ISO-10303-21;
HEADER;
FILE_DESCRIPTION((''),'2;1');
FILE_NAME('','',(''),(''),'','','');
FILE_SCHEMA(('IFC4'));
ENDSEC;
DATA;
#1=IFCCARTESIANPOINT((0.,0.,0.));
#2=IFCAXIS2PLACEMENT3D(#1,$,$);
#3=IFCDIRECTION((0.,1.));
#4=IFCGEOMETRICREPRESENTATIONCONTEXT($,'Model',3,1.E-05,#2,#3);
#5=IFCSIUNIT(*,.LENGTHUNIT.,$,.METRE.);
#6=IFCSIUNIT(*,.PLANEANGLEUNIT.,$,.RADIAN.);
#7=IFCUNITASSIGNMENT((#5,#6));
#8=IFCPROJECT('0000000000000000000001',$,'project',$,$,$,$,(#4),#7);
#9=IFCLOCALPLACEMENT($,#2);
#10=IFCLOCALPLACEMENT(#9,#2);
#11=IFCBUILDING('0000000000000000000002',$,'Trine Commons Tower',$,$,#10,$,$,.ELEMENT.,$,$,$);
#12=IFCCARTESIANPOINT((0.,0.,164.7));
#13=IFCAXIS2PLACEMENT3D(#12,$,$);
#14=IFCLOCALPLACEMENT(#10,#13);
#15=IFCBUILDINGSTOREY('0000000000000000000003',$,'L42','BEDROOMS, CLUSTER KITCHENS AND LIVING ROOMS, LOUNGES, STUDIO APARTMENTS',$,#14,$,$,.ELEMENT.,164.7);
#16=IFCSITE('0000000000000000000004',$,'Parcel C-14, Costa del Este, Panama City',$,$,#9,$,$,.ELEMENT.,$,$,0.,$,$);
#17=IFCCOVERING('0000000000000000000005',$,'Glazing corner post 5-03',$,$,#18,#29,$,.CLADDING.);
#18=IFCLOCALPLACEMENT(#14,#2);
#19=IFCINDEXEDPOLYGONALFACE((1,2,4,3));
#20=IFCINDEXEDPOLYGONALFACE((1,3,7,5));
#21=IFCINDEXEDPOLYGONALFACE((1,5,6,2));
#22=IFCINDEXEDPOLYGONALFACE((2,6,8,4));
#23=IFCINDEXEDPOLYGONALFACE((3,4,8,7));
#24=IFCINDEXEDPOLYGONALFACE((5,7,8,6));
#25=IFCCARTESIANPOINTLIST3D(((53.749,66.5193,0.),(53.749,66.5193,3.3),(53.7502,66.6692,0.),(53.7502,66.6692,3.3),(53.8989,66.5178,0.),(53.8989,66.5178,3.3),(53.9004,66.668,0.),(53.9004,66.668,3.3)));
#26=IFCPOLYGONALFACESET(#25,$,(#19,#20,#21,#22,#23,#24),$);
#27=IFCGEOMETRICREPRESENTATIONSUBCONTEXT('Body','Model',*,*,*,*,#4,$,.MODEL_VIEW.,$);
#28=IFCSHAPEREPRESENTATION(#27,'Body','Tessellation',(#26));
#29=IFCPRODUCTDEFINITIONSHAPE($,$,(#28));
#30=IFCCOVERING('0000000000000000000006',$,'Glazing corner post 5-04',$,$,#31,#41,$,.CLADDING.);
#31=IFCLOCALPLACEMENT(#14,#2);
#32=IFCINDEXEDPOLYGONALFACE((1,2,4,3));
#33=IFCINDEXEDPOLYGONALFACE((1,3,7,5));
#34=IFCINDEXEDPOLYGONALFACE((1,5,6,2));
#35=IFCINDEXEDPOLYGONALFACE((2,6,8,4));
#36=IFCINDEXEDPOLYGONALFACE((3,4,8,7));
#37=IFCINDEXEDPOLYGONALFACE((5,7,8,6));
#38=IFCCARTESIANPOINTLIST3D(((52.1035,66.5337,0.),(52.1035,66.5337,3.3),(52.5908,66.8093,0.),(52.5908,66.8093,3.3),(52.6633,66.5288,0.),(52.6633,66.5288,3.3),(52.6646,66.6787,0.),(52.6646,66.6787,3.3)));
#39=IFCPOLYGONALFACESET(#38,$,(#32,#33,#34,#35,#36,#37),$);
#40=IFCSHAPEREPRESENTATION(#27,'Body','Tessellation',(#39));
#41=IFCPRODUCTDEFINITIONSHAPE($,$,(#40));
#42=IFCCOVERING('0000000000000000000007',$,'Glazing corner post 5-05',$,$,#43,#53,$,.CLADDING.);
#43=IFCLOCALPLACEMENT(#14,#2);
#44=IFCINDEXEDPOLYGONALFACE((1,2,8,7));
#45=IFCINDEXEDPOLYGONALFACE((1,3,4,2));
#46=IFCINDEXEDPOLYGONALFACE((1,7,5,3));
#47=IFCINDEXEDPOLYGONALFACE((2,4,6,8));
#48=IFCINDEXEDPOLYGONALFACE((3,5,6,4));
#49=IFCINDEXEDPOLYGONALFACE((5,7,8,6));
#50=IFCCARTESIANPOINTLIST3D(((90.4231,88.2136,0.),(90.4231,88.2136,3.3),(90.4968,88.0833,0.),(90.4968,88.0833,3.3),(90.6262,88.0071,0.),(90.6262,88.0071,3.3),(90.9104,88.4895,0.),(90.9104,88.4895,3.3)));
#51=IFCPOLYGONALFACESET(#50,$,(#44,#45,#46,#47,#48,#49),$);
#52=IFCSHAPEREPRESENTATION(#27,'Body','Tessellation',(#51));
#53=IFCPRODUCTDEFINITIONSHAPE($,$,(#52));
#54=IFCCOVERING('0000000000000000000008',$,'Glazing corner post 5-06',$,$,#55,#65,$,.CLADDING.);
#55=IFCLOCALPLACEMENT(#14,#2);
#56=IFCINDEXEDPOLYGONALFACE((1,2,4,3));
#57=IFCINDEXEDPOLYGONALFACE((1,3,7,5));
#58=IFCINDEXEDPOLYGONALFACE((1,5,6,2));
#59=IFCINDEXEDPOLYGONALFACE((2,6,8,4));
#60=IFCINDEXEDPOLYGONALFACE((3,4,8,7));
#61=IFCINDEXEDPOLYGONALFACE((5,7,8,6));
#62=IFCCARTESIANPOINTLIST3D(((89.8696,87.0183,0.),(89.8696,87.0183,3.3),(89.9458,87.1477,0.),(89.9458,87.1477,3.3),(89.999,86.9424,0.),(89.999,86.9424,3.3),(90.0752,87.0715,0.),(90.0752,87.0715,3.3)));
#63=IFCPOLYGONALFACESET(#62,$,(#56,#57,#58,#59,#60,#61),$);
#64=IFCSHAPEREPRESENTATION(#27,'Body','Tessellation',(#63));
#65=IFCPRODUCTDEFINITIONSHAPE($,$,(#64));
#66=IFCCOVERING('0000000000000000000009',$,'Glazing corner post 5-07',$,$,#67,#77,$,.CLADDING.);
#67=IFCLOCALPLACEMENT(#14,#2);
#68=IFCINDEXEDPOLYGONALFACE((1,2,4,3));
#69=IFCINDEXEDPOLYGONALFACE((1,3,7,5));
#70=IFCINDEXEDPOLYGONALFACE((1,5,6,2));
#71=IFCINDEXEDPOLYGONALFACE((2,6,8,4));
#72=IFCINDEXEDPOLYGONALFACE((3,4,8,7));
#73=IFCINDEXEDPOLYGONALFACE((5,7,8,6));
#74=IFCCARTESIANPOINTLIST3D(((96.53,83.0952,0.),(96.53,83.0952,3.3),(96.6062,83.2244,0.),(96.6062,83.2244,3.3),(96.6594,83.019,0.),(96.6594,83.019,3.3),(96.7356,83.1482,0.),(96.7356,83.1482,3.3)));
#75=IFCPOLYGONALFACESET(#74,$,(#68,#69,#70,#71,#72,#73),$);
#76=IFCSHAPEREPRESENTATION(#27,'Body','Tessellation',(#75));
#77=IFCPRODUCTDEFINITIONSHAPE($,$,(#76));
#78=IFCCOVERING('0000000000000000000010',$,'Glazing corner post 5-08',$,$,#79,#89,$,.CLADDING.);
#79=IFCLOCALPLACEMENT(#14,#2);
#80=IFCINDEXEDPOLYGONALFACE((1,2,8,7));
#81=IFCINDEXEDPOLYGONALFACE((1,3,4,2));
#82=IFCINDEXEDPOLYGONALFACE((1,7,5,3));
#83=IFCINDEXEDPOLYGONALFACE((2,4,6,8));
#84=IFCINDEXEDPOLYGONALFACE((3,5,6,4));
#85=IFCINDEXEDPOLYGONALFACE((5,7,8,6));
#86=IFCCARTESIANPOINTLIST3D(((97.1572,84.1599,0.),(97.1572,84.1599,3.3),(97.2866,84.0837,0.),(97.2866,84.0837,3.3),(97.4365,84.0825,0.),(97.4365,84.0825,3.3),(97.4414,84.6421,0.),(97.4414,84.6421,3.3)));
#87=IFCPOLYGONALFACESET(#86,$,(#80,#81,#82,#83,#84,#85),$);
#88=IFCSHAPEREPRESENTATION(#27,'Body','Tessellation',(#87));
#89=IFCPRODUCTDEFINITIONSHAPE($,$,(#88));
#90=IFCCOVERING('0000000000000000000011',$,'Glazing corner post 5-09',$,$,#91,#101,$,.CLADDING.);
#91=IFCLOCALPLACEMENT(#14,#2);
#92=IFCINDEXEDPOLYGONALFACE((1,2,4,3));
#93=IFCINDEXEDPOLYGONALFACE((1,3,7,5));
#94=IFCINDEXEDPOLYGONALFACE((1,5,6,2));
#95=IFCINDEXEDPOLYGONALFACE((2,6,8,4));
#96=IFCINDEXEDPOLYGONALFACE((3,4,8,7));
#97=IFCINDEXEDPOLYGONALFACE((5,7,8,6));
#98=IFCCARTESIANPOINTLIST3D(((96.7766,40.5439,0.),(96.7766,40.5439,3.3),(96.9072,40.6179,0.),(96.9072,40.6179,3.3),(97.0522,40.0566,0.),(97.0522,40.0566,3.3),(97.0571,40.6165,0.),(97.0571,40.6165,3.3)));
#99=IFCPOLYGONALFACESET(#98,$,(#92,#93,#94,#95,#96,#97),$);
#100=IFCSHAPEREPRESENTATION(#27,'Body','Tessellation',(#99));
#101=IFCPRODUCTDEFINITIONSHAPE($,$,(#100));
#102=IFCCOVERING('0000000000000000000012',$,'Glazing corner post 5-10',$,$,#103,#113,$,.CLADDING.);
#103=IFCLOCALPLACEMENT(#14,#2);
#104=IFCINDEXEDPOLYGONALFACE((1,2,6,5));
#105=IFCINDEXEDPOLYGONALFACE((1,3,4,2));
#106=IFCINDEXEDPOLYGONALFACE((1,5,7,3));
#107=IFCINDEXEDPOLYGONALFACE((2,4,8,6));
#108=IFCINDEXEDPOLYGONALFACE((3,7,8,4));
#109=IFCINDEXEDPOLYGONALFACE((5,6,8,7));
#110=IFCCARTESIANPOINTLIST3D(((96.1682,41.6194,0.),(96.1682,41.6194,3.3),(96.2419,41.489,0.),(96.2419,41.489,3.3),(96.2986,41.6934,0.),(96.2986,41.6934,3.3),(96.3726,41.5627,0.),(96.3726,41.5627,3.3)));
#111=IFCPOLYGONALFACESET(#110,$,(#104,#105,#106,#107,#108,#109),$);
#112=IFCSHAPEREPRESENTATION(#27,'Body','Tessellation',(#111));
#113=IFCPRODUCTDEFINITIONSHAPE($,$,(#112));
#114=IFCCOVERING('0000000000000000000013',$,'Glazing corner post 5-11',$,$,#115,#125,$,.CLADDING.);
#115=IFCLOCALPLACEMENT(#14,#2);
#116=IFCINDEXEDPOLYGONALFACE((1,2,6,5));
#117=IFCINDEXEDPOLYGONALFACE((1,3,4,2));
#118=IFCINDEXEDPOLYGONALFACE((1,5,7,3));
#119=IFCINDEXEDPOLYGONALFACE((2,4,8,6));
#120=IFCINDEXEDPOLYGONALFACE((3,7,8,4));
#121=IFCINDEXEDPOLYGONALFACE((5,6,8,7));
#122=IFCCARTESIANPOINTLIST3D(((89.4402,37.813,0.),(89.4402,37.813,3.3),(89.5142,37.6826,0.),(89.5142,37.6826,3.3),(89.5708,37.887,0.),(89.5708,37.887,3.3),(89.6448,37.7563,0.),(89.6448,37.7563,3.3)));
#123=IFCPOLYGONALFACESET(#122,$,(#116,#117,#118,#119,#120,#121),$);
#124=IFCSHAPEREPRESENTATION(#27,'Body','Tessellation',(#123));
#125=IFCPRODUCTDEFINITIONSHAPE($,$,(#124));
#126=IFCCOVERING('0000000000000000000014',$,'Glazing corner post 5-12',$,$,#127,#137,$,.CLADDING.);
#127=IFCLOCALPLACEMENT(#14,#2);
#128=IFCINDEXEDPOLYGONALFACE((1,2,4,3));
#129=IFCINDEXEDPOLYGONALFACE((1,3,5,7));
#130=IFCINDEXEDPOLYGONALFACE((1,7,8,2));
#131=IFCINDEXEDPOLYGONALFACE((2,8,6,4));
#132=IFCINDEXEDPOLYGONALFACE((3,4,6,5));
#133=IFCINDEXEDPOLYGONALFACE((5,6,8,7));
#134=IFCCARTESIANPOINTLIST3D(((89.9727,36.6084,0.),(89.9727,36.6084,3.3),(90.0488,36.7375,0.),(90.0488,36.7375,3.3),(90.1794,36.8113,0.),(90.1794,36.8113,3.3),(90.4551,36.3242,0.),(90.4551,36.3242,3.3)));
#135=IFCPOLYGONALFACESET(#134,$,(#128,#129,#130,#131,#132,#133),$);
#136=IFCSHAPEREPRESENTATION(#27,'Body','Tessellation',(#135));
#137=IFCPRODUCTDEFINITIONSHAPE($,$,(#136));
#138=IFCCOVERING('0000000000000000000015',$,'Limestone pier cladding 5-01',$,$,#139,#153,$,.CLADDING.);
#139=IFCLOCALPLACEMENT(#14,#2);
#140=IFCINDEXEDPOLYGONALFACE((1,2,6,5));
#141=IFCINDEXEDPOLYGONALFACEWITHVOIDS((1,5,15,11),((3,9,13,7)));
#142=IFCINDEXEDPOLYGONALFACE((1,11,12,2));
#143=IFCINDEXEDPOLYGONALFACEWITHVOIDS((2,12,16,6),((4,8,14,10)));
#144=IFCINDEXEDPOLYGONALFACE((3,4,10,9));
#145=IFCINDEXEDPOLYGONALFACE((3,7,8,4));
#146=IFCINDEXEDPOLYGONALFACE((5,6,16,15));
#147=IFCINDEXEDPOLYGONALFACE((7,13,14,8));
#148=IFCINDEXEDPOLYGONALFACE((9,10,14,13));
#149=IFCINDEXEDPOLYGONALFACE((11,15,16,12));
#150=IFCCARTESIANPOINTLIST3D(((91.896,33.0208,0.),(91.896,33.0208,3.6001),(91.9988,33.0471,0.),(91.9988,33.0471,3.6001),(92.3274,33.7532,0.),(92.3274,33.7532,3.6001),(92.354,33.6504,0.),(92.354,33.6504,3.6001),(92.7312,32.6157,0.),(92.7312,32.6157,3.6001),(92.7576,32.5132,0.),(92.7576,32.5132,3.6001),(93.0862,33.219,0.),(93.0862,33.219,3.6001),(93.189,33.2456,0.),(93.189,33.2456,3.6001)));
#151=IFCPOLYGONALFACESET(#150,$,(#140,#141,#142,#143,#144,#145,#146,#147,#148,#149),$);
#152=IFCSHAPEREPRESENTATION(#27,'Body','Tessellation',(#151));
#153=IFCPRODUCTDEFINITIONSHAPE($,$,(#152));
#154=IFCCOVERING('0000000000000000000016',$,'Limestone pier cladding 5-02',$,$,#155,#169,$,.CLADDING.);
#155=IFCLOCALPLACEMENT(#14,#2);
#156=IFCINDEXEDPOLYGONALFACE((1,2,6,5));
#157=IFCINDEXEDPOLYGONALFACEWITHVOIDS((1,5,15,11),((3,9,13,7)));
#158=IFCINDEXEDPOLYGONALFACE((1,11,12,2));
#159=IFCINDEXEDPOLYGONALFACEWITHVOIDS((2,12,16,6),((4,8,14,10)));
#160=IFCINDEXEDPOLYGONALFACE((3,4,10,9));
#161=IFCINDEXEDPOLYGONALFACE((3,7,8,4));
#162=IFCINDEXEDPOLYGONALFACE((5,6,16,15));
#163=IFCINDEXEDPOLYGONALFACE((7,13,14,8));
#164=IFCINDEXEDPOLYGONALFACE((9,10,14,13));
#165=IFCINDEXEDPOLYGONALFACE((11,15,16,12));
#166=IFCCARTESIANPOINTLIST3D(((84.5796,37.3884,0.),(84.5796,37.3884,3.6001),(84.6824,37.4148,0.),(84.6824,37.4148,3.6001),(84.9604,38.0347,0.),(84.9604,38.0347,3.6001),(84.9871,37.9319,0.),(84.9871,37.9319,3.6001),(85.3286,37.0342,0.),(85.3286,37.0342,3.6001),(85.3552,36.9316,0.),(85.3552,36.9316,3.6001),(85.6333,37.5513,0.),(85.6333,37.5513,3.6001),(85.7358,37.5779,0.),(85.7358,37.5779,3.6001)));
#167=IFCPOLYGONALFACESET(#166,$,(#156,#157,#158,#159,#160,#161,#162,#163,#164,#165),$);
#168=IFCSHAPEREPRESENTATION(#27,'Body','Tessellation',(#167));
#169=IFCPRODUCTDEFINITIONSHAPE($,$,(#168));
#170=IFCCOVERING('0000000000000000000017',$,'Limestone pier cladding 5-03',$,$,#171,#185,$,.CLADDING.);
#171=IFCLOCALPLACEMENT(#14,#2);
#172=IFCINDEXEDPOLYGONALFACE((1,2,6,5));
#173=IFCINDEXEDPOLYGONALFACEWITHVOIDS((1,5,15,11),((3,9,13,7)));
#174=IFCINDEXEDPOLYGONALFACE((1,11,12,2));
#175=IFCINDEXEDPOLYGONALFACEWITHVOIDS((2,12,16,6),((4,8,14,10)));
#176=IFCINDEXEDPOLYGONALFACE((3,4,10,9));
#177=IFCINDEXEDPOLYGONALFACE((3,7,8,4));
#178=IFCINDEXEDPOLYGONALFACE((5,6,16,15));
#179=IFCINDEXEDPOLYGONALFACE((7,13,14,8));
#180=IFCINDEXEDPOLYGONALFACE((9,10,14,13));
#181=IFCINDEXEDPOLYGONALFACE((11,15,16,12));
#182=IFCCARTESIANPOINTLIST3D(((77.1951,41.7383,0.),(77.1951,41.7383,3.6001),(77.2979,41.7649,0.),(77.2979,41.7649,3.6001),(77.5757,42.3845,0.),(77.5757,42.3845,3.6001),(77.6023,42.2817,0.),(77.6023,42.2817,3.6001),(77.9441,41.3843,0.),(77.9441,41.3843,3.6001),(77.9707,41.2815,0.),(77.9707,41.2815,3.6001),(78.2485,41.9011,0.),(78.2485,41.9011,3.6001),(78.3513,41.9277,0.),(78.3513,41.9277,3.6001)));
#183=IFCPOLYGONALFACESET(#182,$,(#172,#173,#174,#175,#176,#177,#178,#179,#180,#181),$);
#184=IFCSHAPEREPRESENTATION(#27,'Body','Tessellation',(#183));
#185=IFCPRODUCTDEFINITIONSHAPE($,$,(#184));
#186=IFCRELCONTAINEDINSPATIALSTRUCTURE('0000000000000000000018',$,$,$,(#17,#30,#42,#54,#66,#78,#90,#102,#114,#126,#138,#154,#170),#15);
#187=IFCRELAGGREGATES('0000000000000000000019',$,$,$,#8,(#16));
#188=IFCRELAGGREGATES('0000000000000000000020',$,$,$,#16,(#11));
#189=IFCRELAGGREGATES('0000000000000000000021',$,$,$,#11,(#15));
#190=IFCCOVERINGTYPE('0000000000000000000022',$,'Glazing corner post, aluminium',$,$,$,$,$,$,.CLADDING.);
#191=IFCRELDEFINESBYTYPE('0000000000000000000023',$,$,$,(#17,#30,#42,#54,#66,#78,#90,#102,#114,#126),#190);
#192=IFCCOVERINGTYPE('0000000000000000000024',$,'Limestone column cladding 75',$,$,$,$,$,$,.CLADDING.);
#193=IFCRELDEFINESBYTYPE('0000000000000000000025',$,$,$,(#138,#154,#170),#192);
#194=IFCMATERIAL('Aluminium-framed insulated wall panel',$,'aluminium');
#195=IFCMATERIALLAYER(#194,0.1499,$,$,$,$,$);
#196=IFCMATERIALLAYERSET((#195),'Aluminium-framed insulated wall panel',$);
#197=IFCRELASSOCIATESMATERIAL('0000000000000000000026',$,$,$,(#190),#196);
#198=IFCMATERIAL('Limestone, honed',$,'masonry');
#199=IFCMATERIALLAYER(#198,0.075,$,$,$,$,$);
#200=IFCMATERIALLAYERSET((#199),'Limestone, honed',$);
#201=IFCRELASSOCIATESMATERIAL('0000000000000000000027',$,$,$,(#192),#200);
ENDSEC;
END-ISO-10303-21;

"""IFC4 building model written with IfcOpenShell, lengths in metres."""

from ifc_helpers import new_model, si_unit, direction, frame, origin, place, context, subcontext, project, spatial, polyline, outline, extrude, material, layer, layer_set, type_object, element, save


model = new_model("IFC4")

# Units and contexts
model_context = context("Model", 3, precision=1e-05, world=origin(), true_north=direction((0.0, 1.0)))
body_context = subcontext(model_context, "Body", "Model", "MODEL_VIEW")
ifc_project = project(units=[si_unit("LENGTHUNIT", "METRE"), si_unit("PLANEANGLEUNIT", "RADIAN")], contexts=[model_context])

# Site, building, storey
site_placement = place(None, origin())
site = spatial("IfcSite", under=ifc_project, at=site_placement, Name="Parcel C-14, Costa del Este, Panama City", CompositionType="ELEMENT", RefElevation=0.0)
building_placement = place(site_placement, origin())
building = spatial("IfcBuilding", under=site, at=building_placement, Name="Trine Commons Tower", CompositionType="ELEMENT")
storey_placement = place(building_placement, frame((0.0, 0.0, 164.7)))
storey = spatial("IfcBuildingStorey", under=building, at=storey_placement, Name="L42", Description="BEDROOMS, CLUSTER KITCHENS AND LIVING ROOMS, LOUNGES, STUDIO APARTMENTS", CompositionType="ELEMENT", Elevation=164.7)

# Coverings
ifc_material_1 = material(Name="Aluminium-framed insulated wall panel", Category="aluminium")
ifc_layer_1 = layer(ifc_material_1, 0.1499)
ifc_layer_set_1 = layer_set([ifc_layer_1], Name="Aluminium-framed insulated wall panel")
covering_type_1 = type_object("IfcCoveringType", Name="Glazing corner post, aluminium", PredefinedType="CLADDING", material=ifc_layer_set_1)
covering_1_placement = place(storey_placement, origin())
element("IfcCovering", 1, at=covering_1_placement, inside=storey, type_object=covering_type_1, Name="Glazing corner post 5-03", PredefinedType="CLADDING", context=body_context, shape_type="SweptSolid", body=[
    extrude(outline(polyline([(53.8989, 66.5178), (53.9004, 66.668), (53.7502, 66.6692), (53.749, 66.5193), (53.8989, 66.5178)])), origin(), (0.0, 0.0, 1.0), 3.3),
])
covering_2_placement = place(storey_placement, origin())
element("IfcCovering", 2, at=covering_2_placement, inside=storey, type_object=covering_type_1, Name="Glazing corner post 5-04", PredefinedType="CLADDING", context=body_context, shape_type="SweptSolid", body=[
    extrude(outline(polyline([(52.6633, 66.5288), (52.6646, 66.6787), (52.5908, 66.8093), (52.1035, 66.5337), (52.6633, 66.5288)])), origin(), (0.0, 0.0, 1.0), 3.3),
])
covering_3_placement = place(storey_placement, origin())
element("IfcCovering", 3, at=covering_3_placement, inside=storey, type_object=covering_type_1, Name="Glazing corner post 5-05", PredefinedType="CLADDING", context=body_context, shape_type="SweptSolid", body=[
    extrude(outline(polyline([(90.6262, 88.0071), (90.9104, 88.4895), (90.4231, 88.2136), (90.4968, 88.0833), (90.6262, 88.0071)])), origin(), (0.0, 0.0, 1.0), 3.3),
])
covering_4_placement = place(storey_placement, origin())
element("IfcCovering", 4, at=covering_4_placement, inside=storey, type_object=covering_type_1, Name="Glazing corner post 5-06", PredefinedType="CLADDING", context=body_context, shape_type="SweptSolid", body=[
    extrude(outline(polyline([(89.999, 86.9424), (90.0752, 87.0715), (89.9458, 87.1477), (89.8696, 87.0183), (89.999, 86.9424)])), origin(), (0.0, 0.0, 1.0), 3.3),
])
covering_5_placement = place(storey_placement, origin())
element("IfcCovering", 5, at=covering_5_placement, inside=storey, type_object=covering_type_1, Name="Glazing corner post 5-07", PredefinedType="CLADDING", context=body_context, shape_type="SweptSolid", body=[
    extrude(outline(polyline([(96.53, 83.0952), (96.6594, 83.019), (96.7356, 83.1482), (96.6062, 83.2244), (96.53, 83.0952)])), origin(), (0.0, 0.0, 1.0), 3.3),
])
covering_6_placement = place(storey_placement, origin())
element("IfcCovering", 6, at=covering_6_placement, inside=storey, type_object=covering_type_1, Name="Glazing corner post 5-08", PredefinedType="CLADDING", context=body_context, shape_type="SweptSolid", body=[
    extrude(outline(polyline([(97.4365, 84.0825), (97.4414, 84.6421), (97.1572, 84.1599), (97.2866, 84.0837), (97.4365, 84.0825)])), origin(), (0.0, 0.0, 1.0), 3.3),
])
covering_7_placement = place(storey_placement, origin())
element("IfcCovering", 7, at=covering_7_placement, inside=storey, type_object=covering_type_1, Name="Glazing corner post 5-09", PredefinedType="CLADDING", context=body_context, shape_type="SweptSolid", body=[
    extrude(outline(polyline([(96.7766, 40.5439), (97.0522, 40.0566), (97.0571, 40.6165), (96.9072, 40.6179), (96.9072, 40.6179), (96.7766, 40.5439)])), origin(), (0.0, 0.0, 1.0), 3.3),
])
covering_8_placement = place(storey_placement, origin())
element("IfcCovering", 8, at=covering_8_placement, inside=storey, type_object=covering_type_1, Name="Glazing corner post 5-10", PredefinedType="CLADDING", context=body_context, shape_type="SweptSolid", body=[
    extrude(outline(polyline([(96.1682, 41.6194), (96.2419, 41.489), (96.3726, 41.5627), (96.2986, 41.6934), (96.1682, 41.6194)])), origin(), (0.0, 0.0, 1.0), 3.3),
])
covering_9_placement = place(storey_placement, origin())
element("IfcCovering", 9, at=covering_9_placement, inside=storey, type_object=covering_type_1, Name="Glazing corner post 5-11", PredefinedType="CLADDING", context=body_context, shape_type="SweptSolid", body=[
    extrude(outline(polyline([(89.5142, 37.6826), (89.6448, 37.7563), (89.5708, 37.887), (89.4402, 37.813), (89.5142, 37.6826)])), origin(), (0.0, 0.0, 1.0), 3.3),
])
covering_10_placement = place(storey_placement, origin())
element("IfcCovering", 10, at=covering_10_placement, inside=storey, type_object=covering_type_1, Name="Glazing corner post 5-12", PredefinedType="CLADDING", context=body_context, shape_type="SweptSolid", body=[
    extrude(outline(polyline([(89.9727, 36.6084), (90.4551, 36.3242), (90.1794, 36.8113), (90.0488, 36.7375), (89.9727, 36.6084)])), origin(), (0.0, 0.0, 1.0), 3.3),
])
ifc_material_2 = material(Name="Limestone, honed", Category="masonry")
ifc_layer_2 = layer(ifc_material_2, 0.075)
ifc_layer_set_2 = layer_set([ifc_layer_2], Name="Limestone, honed")
covering_type_2 = type_object("IfcCoveringType", Name="Limestone column cladding 75", PredefinedType="CLADDING", material=ifc_layer_set_2)
covering_11_placement = place(storey_placement, origin())
element("IfcCovering", 11, at=covering_11_placement, inside=storey, type_object=covering_type_2, Name="Limestone pier cladding 5-01", PredefinedType="CLADDING", context=body_context, shape_type="SweptSolid", body=[
    extrude(outline(polyline([(92.3274, 33.7532), (91.896, 33.0208), (92.7576, 32.5132), (93.189, 33.2456), (92.3274, 33.7532)]), holes=[polyline([(92.354, 33.6504), (91.9988, 33.0471), (92.7312, 32.6157), (93.0862, 33.219), (92.354, 33.6504)])]), origin(), (0.0, 0.0, 1.0), 3.6001),
])
covering_12_placement = place(storey_placement, origin())
element("IfcCovering", 12, at=covering_12_placement, inside=storey, type_object=covering_type_2, Name="Limestone pier cladding 5-02", PredefinedType="CLADDING", context=body_context, shape_type="SweptSolid", body=[
    extrude(outline(polyline([(84.9604, 38.0347), (84.5796, 37.3884), (85.3552, 36.9316), (85.7358, 37.5779), (84.9604, 38.0347)]), holes=[polyline([(84.9871, 37.9319), (84.6824, 37.4148), (85.3286, 37.0342), (85.6333, 37.5513), (84.9871, 37.9319)])]), origin(), (0.0, 0.0, 1.0), 3.6001),
])
covering_13_placement = place(storey_placement, origin())
element("IfcCovering", 13, at=covering_13_placement, inside=storey, type_object=covering_type_2, Name="Limestone pier cladding 5-03", PredefinedType="CLADDING", context=body_context, shape_type="SweptSolid", body=[
    extrude(outline(polyline([(77.5757, 42.3845), (77.1951, 41.7383), (77.9707, 41.2815), (78.3513, 41.9277), (77.5757, 42.3845)]), holes=[polyline([(77.6023, 42.2817), (77.2979, 41.7649), (77.9441, 41.3843), (78.2485, 41.9011), (77.6023, 42.2817)])]), origin(), (0.0, 0.0, 1.0), 3.6001),
])

save(model, "model.ifc")
